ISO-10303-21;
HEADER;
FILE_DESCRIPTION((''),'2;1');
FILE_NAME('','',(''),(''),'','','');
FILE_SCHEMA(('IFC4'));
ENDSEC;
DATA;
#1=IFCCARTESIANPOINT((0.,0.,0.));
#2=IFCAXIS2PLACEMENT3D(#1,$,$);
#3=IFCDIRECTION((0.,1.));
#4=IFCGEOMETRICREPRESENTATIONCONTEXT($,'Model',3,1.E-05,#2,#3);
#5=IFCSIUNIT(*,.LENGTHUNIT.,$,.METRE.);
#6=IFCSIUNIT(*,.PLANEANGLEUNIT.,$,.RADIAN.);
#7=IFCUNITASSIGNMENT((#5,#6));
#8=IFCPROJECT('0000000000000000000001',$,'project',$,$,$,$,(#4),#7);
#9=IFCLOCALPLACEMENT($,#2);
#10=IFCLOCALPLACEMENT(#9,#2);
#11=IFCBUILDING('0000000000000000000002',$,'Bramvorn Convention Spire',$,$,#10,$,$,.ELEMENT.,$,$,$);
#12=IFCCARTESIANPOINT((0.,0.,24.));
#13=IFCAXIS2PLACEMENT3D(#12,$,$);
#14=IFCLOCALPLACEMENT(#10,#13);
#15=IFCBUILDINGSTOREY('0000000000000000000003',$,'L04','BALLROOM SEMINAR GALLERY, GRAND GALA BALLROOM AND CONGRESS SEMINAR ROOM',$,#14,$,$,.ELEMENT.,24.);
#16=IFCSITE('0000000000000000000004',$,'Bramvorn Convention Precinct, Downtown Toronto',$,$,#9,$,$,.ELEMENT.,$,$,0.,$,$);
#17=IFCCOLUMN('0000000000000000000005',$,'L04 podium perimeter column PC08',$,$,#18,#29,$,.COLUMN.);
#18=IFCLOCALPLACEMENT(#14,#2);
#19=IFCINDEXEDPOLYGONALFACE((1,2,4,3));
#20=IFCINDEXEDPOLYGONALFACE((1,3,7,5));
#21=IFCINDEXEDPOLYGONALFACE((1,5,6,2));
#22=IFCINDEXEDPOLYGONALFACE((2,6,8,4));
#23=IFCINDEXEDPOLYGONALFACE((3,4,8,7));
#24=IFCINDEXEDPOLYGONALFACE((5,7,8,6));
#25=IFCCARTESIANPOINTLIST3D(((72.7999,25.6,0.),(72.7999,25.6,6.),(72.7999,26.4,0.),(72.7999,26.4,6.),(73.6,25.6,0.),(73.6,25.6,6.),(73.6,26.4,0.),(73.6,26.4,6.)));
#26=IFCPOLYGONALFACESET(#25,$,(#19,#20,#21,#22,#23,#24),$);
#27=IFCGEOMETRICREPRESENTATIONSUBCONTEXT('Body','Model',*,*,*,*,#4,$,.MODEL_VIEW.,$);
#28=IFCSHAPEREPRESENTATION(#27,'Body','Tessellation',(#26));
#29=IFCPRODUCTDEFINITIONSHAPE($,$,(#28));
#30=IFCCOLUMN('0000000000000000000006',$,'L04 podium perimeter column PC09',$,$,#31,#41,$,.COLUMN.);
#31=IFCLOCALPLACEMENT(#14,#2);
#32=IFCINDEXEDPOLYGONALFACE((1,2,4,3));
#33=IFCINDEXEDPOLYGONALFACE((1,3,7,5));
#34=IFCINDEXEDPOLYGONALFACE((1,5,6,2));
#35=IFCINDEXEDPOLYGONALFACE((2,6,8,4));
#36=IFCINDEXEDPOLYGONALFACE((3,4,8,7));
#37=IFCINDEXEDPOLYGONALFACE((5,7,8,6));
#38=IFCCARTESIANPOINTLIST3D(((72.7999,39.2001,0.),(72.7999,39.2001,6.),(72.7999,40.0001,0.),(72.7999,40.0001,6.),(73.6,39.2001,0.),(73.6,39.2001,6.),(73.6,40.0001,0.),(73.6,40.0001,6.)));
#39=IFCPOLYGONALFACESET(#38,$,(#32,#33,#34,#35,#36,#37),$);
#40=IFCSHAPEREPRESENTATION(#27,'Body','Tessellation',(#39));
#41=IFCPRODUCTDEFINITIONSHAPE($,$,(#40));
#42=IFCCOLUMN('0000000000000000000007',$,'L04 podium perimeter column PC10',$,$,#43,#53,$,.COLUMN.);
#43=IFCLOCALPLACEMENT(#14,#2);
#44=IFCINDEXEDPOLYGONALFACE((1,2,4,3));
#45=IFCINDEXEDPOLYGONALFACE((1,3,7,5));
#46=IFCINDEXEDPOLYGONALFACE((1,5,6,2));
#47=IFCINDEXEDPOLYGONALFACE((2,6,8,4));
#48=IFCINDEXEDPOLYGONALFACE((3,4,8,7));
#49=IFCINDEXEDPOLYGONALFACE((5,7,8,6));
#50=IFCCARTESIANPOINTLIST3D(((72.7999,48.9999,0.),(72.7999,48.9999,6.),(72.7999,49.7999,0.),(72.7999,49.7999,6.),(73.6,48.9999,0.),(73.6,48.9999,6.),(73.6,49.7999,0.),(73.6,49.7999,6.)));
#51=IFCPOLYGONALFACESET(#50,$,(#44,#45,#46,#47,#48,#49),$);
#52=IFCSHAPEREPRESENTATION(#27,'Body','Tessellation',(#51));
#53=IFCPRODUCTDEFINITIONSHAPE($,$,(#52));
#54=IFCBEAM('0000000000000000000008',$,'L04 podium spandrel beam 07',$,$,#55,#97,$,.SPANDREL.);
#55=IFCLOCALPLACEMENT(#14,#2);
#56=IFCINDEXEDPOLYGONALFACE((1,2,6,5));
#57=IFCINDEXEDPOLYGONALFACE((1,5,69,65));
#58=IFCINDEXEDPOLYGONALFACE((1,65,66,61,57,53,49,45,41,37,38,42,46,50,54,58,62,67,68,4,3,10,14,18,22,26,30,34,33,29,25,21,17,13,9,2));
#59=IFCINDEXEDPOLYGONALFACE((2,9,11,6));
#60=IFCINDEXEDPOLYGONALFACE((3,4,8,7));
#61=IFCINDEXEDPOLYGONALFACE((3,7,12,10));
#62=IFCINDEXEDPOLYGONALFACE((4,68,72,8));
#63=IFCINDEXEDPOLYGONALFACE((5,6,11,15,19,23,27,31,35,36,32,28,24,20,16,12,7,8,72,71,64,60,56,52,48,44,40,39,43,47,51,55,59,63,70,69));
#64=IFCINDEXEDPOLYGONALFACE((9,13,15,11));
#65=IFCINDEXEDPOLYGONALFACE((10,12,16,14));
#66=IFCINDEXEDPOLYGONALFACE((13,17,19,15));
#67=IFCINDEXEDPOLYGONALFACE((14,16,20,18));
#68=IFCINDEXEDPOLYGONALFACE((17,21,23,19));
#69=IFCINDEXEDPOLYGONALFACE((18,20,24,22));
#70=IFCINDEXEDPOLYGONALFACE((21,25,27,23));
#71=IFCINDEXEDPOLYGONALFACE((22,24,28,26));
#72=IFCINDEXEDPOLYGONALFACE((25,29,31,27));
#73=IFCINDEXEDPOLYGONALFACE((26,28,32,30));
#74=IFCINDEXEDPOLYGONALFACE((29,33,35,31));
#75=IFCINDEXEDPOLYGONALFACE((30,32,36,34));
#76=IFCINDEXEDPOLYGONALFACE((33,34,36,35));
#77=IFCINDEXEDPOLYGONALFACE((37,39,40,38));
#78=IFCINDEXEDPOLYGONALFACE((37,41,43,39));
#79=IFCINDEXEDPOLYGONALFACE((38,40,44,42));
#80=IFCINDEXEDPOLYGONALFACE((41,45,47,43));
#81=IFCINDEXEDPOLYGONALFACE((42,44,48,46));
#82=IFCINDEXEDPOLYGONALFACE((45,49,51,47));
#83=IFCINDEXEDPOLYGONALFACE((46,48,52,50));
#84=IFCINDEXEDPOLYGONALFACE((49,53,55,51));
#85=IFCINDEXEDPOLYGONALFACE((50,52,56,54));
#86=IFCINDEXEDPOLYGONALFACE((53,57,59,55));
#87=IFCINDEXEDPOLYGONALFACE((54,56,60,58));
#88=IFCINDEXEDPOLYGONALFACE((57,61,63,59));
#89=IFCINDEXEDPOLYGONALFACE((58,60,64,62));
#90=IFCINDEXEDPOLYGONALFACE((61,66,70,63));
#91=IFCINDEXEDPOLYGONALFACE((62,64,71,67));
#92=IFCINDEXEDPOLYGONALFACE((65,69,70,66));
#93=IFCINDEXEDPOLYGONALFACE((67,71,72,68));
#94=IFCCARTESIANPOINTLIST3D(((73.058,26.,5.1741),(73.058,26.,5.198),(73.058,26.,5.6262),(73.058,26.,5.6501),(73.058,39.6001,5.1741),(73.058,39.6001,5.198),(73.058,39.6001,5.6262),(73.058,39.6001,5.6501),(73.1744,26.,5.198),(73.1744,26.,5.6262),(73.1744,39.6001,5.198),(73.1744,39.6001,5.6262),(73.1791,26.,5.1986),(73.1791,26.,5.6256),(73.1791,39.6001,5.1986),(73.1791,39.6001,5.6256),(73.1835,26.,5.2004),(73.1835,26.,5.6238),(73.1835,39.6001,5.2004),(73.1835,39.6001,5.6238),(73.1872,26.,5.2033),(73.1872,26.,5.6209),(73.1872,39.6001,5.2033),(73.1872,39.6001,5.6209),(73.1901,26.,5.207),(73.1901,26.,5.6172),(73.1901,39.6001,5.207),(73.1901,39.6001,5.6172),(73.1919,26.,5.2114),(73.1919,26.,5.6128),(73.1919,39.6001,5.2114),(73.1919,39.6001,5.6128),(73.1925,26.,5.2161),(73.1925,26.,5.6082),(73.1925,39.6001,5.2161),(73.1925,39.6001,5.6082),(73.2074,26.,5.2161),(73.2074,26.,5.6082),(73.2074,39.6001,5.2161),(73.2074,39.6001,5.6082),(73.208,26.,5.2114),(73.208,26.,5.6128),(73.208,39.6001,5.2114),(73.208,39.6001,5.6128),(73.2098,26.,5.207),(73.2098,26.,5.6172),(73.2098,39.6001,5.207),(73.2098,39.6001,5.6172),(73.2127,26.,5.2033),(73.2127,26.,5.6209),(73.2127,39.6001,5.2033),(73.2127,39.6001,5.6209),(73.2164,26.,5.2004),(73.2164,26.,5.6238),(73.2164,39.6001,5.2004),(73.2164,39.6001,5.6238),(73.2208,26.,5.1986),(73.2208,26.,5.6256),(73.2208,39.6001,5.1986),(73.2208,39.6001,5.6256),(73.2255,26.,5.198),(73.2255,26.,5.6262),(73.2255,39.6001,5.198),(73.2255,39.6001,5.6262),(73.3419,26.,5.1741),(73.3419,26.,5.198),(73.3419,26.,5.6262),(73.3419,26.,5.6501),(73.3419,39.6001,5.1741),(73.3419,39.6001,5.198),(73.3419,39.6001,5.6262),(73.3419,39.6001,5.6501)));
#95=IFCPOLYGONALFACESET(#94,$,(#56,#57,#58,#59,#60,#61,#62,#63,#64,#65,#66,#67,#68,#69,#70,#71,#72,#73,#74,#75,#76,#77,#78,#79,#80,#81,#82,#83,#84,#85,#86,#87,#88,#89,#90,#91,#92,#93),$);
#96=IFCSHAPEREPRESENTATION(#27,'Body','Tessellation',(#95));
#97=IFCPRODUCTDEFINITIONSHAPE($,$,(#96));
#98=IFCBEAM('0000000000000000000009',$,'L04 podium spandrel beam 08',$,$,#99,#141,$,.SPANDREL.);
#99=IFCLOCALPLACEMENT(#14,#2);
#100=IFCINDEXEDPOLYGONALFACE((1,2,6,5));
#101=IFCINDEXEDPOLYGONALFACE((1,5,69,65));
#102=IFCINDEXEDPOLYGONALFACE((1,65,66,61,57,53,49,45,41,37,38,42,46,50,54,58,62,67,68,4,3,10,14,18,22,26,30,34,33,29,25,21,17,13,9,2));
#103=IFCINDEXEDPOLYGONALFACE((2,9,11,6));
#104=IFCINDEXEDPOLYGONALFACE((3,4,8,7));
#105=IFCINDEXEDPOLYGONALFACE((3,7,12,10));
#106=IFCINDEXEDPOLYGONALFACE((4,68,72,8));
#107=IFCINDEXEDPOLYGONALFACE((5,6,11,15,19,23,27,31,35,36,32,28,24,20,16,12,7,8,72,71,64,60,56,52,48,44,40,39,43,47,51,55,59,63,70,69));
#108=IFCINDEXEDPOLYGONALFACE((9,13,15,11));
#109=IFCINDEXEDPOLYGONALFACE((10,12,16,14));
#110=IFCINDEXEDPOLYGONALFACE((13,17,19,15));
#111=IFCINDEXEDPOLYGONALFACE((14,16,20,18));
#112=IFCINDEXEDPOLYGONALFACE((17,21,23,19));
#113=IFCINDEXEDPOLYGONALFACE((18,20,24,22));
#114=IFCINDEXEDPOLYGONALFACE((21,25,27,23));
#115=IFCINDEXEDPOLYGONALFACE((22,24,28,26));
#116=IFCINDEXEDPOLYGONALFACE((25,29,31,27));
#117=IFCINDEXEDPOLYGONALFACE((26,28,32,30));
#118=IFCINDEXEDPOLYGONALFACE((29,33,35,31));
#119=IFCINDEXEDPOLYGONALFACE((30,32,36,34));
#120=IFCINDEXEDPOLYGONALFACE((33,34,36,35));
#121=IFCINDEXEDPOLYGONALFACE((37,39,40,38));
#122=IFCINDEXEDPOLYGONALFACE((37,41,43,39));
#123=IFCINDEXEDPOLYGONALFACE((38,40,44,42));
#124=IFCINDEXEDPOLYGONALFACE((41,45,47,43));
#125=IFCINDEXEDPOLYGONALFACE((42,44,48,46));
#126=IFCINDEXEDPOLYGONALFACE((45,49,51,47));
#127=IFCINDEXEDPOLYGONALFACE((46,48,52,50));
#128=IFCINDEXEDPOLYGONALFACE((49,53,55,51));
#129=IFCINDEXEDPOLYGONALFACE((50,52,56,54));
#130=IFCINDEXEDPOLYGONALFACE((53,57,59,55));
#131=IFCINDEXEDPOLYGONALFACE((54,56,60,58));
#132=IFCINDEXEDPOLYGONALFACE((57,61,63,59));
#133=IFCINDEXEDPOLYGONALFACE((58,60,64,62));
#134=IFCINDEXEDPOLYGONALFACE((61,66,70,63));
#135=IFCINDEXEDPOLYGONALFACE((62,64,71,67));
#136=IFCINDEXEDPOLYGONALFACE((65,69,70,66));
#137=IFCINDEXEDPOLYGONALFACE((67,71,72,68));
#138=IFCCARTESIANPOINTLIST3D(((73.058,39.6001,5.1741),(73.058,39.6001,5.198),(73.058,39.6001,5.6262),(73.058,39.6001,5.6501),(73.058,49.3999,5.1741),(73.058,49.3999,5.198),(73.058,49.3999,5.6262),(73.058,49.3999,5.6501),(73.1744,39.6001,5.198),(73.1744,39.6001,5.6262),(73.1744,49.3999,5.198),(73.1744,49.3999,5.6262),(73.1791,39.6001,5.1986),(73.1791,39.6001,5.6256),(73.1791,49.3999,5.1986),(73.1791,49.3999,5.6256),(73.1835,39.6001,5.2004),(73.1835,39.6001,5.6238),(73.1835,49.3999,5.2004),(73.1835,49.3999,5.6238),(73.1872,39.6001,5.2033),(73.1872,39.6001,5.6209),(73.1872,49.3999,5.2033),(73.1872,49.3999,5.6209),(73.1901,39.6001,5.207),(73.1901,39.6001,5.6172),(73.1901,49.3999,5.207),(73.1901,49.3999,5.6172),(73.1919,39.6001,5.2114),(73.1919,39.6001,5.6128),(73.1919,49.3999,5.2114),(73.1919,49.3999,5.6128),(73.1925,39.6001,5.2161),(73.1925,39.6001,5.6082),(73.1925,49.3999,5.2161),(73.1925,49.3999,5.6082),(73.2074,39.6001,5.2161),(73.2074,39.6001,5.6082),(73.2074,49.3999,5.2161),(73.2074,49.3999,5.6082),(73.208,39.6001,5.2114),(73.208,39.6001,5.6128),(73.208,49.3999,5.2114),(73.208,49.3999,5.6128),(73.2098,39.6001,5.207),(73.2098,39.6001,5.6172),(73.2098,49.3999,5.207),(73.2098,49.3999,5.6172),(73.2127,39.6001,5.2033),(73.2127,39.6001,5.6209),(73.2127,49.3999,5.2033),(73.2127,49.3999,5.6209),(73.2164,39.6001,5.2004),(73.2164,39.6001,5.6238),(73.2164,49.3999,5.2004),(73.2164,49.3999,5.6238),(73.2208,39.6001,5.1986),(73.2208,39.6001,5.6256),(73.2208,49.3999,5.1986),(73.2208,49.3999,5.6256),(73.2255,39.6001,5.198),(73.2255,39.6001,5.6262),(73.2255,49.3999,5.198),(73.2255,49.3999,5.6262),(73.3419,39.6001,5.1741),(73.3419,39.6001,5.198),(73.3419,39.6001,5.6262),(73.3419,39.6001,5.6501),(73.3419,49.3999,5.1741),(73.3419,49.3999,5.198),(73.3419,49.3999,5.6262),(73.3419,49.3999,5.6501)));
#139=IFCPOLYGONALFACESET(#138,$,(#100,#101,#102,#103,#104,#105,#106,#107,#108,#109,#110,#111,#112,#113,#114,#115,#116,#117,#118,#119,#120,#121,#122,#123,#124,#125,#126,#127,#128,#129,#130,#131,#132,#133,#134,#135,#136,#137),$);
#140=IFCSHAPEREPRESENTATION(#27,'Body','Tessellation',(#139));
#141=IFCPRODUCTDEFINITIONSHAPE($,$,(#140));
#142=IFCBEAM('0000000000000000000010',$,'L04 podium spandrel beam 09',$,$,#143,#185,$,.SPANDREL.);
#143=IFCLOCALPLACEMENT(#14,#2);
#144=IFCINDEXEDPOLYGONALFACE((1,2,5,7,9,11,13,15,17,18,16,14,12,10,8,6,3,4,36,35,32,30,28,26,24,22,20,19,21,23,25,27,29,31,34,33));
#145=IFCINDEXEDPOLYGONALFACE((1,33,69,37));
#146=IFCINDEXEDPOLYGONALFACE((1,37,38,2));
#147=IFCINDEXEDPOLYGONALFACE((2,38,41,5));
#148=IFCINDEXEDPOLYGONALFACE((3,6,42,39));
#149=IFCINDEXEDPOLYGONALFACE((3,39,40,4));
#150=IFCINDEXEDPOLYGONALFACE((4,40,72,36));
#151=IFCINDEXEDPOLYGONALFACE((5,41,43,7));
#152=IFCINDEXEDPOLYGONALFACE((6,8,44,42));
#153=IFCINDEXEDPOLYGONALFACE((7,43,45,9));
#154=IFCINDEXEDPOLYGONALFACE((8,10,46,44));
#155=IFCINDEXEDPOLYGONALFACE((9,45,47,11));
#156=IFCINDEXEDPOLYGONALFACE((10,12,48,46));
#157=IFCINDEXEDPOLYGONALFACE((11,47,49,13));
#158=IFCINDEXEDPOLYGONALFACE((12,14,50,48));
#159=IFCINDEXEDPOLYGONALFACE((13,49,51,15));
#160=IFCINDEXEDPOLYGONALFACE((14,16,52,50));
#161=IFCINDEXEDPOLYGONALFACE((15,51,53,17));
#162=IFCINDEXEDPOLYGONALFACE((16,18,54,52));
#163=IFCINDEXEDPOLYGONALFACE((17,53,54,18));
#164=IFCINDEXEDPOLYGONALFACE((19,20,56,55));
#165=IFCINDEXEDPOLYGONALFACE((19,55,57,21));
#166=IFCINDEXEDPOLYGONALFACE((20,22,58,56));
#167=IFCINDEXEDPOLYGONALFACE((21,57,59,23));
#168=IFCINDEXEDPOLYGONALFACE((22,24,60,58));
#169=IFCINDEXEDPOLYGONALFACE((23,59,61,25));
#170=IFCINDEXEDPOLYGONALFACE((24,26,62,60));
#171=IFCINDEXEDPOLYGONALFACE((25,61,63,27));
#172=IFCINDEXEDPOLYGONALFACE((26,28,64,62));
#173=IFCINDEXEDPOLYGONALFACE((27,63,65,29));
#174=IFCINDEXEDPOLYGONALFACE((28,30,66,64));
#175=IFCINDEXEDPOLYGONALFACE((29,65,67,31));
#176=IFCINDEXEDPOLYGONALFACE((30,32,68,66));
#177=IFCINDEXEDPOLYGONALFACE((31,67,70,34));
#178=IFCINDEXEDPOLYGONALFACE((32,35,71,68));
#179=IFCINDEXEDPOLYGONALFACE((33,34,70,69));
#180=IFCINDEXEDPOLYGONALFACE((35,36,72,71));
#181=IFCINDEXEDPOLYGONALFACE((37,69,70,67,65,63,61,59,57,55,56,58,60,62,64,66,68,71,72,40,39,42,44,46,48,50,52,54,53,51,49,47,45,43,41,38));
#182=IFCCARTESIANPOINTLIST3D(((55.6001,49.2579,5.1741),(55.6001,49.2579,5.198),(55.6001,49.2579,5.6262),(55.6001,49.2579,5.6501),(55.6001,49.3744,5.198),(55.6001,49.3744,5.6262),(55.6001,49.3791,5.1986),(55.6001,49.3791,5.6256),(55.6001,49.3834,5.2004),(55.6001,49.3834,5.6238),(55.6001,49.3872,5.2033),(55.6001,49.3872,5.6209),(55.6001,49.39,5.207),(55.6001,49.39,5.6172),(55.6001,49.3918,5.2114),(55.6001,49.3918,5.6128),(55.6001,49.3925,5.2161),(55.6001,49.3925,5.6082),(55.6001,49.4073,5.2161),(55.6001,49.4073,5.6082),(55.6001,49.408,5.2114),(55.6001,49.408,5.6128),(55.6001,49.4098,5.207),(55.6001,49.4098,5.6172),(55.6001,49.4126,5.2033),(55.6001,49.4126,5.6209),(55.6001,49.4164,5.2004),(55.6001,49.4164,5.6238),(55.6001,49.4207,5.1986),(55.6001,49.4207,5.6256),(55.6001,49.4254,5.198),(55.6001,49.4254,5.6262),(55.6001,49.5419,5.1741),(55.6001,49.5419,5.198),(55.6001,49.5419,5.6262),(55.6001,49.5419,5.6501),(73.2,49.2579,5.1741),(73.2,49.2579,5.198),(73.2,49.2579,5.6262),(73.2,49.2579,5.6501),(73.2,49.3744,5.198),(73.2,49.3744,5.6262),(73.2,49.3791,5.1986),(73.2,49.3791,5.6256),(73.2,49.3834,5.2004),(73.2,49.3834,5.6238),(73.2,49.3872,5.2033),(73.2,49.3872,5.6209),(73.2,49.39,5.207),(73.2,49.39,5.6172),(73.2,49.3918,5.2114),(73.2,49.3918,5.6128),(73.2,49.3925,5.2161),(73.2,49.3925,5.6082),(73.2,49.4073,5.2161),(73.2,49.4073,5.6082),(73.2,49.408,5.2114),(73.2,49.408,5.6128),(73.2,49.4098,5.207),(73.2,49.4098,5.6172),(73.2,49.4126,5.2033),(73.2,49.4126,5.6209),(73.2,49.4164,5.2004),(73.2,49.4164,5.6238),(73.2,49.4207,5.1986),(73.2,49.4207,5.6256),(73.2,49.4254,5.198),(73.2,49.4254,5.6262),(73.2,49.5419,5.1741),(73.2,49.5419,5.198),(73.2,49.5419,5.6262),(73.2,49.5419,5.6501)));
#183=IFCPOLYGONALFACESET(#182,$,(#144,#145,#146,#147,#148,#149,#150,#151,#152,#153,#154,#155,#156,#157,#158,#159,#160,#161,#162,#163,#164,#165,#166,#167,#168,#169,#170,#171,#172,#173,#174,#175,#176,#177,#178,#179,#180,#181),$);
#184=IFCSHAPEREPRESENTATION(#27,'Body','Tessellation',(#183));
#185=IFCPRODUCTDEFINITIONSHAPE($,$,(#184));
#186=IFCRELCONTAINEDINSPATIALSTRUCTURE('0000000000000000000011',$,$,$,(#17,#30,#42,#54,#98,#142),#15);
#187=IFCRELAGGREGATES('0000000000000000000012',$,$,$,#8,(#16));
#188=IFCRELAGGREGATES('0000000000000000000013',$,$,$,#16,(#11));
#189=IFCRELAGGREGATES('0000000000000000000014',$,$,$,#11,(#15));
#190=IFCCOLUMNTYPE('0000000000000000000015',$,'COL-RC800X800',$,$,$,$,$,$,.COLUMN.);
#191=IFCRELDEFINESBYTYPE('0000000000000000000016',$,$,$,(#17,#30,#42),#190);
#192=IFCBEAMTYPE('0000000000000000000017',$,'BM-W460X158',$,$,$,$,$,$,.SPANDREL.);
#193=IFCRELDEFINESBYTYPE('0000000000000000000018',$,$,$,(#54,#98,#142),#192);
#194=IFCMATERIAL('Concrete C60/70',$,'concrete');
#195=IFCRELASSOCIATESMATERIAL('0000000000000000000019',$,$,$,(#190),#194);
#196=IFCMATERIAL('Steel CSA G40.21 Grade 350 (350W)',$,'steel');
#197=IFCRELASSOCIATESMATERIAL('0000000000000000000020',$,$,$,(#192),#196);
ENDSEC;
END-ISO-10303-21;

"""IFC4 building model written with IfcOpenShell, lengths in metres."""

from ifc_helpers import new_model, si_unit, direction, frame, origin, origin_2d, place, context, subcontext, project, spatial, rectangle, i_section, extrude, material, material_profile, profile_set, type_object, element, save


model = new_model("IFC4")

# Units and contexts
model_context = context("Model", 3, precision=1e-05, world=origin(), true_north=direction((0.0, 1.0)))
body_context = subcontext(model_context, "Body", "Model", "MODEL_VIEW")
ifc_project = project(units=[si_unit("LENGTHUNIT", "METRE"), si_unit("PLANEANGLEUNIT", "RADIAN")], contexts=[model_context])

# Site, building, storey
site_placement = place(None, origin())
site = spatial("IfcSite", under=ifc_project, at=site_placement, Name="Bramvorn Convention Precinct, Downtown Toronto", CompositionType="ELEMENT", RefElevation=0.0)
building_placement = place(site_placement, origin())
building = spatial("IfcBuilding", under=site, at=building_placement, Name="Bramvorn Convention Spire", CompositionType="ELEMENT")
storey_placement = place(building_placement, frame((0.0, 0.0, 24.0)))
storey = spatial("IfcBuildingStorey", under=building, at=storey_placement, Name="L04", Description="BALLROOM SEMINAR GALLERY, GRAND GALA BALLROOM AND CONGRESS SEMINAR ROOM", CompositionType="ELEMENT", Elevation=24.0)

# Columns
ifc_material_1 = material(Name="Concrete C60/70", Category="concrete")
ifc_material_profile_1 = material_profile(ifc_material_1, rectangle(XDim=0.8, YDim=0.8, at=origin_2d()))
ifc_profile_set_1 = profile_set([ifc_material_profile_1], Name="Concrete C60/70 - RC800X800")
column_type = type_object("IfcColumnType", Name="COL-RC800X800", PredefinedType="COLUMN", material=ifc_profile_set_1)
for number, where, z_axis, x_axis, name in (
    (1, (73.2, 26.0, 0.0), (0.0, 0.0, 1.0), (1.0, 0.0, 0.0), "L04 podium perimeter column PC08"),
    (2, (73.2, 39.6001, 0.0), (0.0, 0.0, 1.0), (1.0, 0.0, 0.0), "L04 podium perimeter column PC09"),
    (3, (73.2, 49.3999, 0.0), (0.0, 0.0, 1.0), (1.0, 0.0, 0.0), "L04 podium perimeter column PC10"),
):
    element("IfcColumn", number, at=place(storey_placement, frame(where, z_axis=z_axis, x_axis=x_axis)), inside=storey, type_object=column_type, Name=name, PredefinedType="COLUMN", context=body_context, shape_type="SweptSolid", body=[
        extrude(rectangle(XDim=0.8, YDim=0.8, at=origin_2d()), origin(), (0.0, 0.0, 1.0), 6.0),
    ])

# Beams
ifc_material_2 = material(Name="Steel CSA G40.21 Grade 350 (350W)", Category="steel")
ifc_material_profile_2 = material_profile(ifc_material_2, i_section(OverallWidth=0.2839, OverallDepth=0.4761, WebThickness=0.0149, FlangeThickness=0.0239, FilletRadius=0.0181, at=origin_2d()))
ifc_profile_set_2 = profile_set([ifc_material_profile_2], Name="Steel CSA G40.21 Grade 350 (350W) - W460X158")
beam_type = type_object("IfcBeamType", Name="BM-W460X158", PredefinedType="SPANDREL", material=ifc_profile_set_2)
beam_1_placement = place(storey_placement, frame((73.2, 26.0, 5.4121), z_axis=(0.0, 1.0, 0.0), x_axis=(-1.0, 0.0, 0.0)))
element("IfcBeam", 4, at=beam_1_placement, inside=storey, type_object=beam_type, Name="L04 podium spandrel beam 07", PredefinedType="SPANDREL", context=body_context, shape_type="SweptSolid", body=[
    extrude(i_section(OverallWidth=0.2839, OverallDepth=0.4761, WebThickness=0.0149, FlangeThickness=0.0239, FilletRadius=0.0181, at=origin_2d()), origin(), (0.0, 0.0, 1.0), 13.6001),
])
beam_2_placement = place(storey_placement, frame((73.2, 39.6001, 5.4121), z_axis=(0.0, 1.0, 0.0), x_axis=(-1.0, 0.0, 0.0)))
element("IfcBeam", 5, at=beam_2_placement, inside=storey, type_object=beam_type, Name="L04 podium spandrel beam 08", PredefinedType="SPANDREL", context=body_context, shape_type="SweptSolid", body=[
    extrude(i_section(OverallWidth=0.2839, OverallDepth=0.4761, WebThickness=0.0149, FlangeThickness=0.0239, FilletRadius=0.0181, at=origin_2d()), origin(), (0.0, 0.0, 1.0), 9.7998),
])
beam_3_placement = place(storey_placement, frame((73.2, 49.3999, 5.4121), z_axis=(-1.0, 0.0, 0.0), x_axis=(0.0, -1.0, 0.0)))
element("IfcBeam", 6, at=beam_3_placement, inside=storey, type_object=beam_type, Name="L04 podium spandrel beam 09", PredefinedType="SPANDREL", context=body_context, shape_type="SweptSolid", body=[
    extrude(i_section(OverallWidth=0.2839, OverallDepth=0.4761, WebThickness=0.0149, FlangeThickness=0.0239, FilletRadius=0.0181, at=origin_2d()), origin(), (0.0, 0.0, 1.0), 17.5999),
])

save(model, "model.ifc")
